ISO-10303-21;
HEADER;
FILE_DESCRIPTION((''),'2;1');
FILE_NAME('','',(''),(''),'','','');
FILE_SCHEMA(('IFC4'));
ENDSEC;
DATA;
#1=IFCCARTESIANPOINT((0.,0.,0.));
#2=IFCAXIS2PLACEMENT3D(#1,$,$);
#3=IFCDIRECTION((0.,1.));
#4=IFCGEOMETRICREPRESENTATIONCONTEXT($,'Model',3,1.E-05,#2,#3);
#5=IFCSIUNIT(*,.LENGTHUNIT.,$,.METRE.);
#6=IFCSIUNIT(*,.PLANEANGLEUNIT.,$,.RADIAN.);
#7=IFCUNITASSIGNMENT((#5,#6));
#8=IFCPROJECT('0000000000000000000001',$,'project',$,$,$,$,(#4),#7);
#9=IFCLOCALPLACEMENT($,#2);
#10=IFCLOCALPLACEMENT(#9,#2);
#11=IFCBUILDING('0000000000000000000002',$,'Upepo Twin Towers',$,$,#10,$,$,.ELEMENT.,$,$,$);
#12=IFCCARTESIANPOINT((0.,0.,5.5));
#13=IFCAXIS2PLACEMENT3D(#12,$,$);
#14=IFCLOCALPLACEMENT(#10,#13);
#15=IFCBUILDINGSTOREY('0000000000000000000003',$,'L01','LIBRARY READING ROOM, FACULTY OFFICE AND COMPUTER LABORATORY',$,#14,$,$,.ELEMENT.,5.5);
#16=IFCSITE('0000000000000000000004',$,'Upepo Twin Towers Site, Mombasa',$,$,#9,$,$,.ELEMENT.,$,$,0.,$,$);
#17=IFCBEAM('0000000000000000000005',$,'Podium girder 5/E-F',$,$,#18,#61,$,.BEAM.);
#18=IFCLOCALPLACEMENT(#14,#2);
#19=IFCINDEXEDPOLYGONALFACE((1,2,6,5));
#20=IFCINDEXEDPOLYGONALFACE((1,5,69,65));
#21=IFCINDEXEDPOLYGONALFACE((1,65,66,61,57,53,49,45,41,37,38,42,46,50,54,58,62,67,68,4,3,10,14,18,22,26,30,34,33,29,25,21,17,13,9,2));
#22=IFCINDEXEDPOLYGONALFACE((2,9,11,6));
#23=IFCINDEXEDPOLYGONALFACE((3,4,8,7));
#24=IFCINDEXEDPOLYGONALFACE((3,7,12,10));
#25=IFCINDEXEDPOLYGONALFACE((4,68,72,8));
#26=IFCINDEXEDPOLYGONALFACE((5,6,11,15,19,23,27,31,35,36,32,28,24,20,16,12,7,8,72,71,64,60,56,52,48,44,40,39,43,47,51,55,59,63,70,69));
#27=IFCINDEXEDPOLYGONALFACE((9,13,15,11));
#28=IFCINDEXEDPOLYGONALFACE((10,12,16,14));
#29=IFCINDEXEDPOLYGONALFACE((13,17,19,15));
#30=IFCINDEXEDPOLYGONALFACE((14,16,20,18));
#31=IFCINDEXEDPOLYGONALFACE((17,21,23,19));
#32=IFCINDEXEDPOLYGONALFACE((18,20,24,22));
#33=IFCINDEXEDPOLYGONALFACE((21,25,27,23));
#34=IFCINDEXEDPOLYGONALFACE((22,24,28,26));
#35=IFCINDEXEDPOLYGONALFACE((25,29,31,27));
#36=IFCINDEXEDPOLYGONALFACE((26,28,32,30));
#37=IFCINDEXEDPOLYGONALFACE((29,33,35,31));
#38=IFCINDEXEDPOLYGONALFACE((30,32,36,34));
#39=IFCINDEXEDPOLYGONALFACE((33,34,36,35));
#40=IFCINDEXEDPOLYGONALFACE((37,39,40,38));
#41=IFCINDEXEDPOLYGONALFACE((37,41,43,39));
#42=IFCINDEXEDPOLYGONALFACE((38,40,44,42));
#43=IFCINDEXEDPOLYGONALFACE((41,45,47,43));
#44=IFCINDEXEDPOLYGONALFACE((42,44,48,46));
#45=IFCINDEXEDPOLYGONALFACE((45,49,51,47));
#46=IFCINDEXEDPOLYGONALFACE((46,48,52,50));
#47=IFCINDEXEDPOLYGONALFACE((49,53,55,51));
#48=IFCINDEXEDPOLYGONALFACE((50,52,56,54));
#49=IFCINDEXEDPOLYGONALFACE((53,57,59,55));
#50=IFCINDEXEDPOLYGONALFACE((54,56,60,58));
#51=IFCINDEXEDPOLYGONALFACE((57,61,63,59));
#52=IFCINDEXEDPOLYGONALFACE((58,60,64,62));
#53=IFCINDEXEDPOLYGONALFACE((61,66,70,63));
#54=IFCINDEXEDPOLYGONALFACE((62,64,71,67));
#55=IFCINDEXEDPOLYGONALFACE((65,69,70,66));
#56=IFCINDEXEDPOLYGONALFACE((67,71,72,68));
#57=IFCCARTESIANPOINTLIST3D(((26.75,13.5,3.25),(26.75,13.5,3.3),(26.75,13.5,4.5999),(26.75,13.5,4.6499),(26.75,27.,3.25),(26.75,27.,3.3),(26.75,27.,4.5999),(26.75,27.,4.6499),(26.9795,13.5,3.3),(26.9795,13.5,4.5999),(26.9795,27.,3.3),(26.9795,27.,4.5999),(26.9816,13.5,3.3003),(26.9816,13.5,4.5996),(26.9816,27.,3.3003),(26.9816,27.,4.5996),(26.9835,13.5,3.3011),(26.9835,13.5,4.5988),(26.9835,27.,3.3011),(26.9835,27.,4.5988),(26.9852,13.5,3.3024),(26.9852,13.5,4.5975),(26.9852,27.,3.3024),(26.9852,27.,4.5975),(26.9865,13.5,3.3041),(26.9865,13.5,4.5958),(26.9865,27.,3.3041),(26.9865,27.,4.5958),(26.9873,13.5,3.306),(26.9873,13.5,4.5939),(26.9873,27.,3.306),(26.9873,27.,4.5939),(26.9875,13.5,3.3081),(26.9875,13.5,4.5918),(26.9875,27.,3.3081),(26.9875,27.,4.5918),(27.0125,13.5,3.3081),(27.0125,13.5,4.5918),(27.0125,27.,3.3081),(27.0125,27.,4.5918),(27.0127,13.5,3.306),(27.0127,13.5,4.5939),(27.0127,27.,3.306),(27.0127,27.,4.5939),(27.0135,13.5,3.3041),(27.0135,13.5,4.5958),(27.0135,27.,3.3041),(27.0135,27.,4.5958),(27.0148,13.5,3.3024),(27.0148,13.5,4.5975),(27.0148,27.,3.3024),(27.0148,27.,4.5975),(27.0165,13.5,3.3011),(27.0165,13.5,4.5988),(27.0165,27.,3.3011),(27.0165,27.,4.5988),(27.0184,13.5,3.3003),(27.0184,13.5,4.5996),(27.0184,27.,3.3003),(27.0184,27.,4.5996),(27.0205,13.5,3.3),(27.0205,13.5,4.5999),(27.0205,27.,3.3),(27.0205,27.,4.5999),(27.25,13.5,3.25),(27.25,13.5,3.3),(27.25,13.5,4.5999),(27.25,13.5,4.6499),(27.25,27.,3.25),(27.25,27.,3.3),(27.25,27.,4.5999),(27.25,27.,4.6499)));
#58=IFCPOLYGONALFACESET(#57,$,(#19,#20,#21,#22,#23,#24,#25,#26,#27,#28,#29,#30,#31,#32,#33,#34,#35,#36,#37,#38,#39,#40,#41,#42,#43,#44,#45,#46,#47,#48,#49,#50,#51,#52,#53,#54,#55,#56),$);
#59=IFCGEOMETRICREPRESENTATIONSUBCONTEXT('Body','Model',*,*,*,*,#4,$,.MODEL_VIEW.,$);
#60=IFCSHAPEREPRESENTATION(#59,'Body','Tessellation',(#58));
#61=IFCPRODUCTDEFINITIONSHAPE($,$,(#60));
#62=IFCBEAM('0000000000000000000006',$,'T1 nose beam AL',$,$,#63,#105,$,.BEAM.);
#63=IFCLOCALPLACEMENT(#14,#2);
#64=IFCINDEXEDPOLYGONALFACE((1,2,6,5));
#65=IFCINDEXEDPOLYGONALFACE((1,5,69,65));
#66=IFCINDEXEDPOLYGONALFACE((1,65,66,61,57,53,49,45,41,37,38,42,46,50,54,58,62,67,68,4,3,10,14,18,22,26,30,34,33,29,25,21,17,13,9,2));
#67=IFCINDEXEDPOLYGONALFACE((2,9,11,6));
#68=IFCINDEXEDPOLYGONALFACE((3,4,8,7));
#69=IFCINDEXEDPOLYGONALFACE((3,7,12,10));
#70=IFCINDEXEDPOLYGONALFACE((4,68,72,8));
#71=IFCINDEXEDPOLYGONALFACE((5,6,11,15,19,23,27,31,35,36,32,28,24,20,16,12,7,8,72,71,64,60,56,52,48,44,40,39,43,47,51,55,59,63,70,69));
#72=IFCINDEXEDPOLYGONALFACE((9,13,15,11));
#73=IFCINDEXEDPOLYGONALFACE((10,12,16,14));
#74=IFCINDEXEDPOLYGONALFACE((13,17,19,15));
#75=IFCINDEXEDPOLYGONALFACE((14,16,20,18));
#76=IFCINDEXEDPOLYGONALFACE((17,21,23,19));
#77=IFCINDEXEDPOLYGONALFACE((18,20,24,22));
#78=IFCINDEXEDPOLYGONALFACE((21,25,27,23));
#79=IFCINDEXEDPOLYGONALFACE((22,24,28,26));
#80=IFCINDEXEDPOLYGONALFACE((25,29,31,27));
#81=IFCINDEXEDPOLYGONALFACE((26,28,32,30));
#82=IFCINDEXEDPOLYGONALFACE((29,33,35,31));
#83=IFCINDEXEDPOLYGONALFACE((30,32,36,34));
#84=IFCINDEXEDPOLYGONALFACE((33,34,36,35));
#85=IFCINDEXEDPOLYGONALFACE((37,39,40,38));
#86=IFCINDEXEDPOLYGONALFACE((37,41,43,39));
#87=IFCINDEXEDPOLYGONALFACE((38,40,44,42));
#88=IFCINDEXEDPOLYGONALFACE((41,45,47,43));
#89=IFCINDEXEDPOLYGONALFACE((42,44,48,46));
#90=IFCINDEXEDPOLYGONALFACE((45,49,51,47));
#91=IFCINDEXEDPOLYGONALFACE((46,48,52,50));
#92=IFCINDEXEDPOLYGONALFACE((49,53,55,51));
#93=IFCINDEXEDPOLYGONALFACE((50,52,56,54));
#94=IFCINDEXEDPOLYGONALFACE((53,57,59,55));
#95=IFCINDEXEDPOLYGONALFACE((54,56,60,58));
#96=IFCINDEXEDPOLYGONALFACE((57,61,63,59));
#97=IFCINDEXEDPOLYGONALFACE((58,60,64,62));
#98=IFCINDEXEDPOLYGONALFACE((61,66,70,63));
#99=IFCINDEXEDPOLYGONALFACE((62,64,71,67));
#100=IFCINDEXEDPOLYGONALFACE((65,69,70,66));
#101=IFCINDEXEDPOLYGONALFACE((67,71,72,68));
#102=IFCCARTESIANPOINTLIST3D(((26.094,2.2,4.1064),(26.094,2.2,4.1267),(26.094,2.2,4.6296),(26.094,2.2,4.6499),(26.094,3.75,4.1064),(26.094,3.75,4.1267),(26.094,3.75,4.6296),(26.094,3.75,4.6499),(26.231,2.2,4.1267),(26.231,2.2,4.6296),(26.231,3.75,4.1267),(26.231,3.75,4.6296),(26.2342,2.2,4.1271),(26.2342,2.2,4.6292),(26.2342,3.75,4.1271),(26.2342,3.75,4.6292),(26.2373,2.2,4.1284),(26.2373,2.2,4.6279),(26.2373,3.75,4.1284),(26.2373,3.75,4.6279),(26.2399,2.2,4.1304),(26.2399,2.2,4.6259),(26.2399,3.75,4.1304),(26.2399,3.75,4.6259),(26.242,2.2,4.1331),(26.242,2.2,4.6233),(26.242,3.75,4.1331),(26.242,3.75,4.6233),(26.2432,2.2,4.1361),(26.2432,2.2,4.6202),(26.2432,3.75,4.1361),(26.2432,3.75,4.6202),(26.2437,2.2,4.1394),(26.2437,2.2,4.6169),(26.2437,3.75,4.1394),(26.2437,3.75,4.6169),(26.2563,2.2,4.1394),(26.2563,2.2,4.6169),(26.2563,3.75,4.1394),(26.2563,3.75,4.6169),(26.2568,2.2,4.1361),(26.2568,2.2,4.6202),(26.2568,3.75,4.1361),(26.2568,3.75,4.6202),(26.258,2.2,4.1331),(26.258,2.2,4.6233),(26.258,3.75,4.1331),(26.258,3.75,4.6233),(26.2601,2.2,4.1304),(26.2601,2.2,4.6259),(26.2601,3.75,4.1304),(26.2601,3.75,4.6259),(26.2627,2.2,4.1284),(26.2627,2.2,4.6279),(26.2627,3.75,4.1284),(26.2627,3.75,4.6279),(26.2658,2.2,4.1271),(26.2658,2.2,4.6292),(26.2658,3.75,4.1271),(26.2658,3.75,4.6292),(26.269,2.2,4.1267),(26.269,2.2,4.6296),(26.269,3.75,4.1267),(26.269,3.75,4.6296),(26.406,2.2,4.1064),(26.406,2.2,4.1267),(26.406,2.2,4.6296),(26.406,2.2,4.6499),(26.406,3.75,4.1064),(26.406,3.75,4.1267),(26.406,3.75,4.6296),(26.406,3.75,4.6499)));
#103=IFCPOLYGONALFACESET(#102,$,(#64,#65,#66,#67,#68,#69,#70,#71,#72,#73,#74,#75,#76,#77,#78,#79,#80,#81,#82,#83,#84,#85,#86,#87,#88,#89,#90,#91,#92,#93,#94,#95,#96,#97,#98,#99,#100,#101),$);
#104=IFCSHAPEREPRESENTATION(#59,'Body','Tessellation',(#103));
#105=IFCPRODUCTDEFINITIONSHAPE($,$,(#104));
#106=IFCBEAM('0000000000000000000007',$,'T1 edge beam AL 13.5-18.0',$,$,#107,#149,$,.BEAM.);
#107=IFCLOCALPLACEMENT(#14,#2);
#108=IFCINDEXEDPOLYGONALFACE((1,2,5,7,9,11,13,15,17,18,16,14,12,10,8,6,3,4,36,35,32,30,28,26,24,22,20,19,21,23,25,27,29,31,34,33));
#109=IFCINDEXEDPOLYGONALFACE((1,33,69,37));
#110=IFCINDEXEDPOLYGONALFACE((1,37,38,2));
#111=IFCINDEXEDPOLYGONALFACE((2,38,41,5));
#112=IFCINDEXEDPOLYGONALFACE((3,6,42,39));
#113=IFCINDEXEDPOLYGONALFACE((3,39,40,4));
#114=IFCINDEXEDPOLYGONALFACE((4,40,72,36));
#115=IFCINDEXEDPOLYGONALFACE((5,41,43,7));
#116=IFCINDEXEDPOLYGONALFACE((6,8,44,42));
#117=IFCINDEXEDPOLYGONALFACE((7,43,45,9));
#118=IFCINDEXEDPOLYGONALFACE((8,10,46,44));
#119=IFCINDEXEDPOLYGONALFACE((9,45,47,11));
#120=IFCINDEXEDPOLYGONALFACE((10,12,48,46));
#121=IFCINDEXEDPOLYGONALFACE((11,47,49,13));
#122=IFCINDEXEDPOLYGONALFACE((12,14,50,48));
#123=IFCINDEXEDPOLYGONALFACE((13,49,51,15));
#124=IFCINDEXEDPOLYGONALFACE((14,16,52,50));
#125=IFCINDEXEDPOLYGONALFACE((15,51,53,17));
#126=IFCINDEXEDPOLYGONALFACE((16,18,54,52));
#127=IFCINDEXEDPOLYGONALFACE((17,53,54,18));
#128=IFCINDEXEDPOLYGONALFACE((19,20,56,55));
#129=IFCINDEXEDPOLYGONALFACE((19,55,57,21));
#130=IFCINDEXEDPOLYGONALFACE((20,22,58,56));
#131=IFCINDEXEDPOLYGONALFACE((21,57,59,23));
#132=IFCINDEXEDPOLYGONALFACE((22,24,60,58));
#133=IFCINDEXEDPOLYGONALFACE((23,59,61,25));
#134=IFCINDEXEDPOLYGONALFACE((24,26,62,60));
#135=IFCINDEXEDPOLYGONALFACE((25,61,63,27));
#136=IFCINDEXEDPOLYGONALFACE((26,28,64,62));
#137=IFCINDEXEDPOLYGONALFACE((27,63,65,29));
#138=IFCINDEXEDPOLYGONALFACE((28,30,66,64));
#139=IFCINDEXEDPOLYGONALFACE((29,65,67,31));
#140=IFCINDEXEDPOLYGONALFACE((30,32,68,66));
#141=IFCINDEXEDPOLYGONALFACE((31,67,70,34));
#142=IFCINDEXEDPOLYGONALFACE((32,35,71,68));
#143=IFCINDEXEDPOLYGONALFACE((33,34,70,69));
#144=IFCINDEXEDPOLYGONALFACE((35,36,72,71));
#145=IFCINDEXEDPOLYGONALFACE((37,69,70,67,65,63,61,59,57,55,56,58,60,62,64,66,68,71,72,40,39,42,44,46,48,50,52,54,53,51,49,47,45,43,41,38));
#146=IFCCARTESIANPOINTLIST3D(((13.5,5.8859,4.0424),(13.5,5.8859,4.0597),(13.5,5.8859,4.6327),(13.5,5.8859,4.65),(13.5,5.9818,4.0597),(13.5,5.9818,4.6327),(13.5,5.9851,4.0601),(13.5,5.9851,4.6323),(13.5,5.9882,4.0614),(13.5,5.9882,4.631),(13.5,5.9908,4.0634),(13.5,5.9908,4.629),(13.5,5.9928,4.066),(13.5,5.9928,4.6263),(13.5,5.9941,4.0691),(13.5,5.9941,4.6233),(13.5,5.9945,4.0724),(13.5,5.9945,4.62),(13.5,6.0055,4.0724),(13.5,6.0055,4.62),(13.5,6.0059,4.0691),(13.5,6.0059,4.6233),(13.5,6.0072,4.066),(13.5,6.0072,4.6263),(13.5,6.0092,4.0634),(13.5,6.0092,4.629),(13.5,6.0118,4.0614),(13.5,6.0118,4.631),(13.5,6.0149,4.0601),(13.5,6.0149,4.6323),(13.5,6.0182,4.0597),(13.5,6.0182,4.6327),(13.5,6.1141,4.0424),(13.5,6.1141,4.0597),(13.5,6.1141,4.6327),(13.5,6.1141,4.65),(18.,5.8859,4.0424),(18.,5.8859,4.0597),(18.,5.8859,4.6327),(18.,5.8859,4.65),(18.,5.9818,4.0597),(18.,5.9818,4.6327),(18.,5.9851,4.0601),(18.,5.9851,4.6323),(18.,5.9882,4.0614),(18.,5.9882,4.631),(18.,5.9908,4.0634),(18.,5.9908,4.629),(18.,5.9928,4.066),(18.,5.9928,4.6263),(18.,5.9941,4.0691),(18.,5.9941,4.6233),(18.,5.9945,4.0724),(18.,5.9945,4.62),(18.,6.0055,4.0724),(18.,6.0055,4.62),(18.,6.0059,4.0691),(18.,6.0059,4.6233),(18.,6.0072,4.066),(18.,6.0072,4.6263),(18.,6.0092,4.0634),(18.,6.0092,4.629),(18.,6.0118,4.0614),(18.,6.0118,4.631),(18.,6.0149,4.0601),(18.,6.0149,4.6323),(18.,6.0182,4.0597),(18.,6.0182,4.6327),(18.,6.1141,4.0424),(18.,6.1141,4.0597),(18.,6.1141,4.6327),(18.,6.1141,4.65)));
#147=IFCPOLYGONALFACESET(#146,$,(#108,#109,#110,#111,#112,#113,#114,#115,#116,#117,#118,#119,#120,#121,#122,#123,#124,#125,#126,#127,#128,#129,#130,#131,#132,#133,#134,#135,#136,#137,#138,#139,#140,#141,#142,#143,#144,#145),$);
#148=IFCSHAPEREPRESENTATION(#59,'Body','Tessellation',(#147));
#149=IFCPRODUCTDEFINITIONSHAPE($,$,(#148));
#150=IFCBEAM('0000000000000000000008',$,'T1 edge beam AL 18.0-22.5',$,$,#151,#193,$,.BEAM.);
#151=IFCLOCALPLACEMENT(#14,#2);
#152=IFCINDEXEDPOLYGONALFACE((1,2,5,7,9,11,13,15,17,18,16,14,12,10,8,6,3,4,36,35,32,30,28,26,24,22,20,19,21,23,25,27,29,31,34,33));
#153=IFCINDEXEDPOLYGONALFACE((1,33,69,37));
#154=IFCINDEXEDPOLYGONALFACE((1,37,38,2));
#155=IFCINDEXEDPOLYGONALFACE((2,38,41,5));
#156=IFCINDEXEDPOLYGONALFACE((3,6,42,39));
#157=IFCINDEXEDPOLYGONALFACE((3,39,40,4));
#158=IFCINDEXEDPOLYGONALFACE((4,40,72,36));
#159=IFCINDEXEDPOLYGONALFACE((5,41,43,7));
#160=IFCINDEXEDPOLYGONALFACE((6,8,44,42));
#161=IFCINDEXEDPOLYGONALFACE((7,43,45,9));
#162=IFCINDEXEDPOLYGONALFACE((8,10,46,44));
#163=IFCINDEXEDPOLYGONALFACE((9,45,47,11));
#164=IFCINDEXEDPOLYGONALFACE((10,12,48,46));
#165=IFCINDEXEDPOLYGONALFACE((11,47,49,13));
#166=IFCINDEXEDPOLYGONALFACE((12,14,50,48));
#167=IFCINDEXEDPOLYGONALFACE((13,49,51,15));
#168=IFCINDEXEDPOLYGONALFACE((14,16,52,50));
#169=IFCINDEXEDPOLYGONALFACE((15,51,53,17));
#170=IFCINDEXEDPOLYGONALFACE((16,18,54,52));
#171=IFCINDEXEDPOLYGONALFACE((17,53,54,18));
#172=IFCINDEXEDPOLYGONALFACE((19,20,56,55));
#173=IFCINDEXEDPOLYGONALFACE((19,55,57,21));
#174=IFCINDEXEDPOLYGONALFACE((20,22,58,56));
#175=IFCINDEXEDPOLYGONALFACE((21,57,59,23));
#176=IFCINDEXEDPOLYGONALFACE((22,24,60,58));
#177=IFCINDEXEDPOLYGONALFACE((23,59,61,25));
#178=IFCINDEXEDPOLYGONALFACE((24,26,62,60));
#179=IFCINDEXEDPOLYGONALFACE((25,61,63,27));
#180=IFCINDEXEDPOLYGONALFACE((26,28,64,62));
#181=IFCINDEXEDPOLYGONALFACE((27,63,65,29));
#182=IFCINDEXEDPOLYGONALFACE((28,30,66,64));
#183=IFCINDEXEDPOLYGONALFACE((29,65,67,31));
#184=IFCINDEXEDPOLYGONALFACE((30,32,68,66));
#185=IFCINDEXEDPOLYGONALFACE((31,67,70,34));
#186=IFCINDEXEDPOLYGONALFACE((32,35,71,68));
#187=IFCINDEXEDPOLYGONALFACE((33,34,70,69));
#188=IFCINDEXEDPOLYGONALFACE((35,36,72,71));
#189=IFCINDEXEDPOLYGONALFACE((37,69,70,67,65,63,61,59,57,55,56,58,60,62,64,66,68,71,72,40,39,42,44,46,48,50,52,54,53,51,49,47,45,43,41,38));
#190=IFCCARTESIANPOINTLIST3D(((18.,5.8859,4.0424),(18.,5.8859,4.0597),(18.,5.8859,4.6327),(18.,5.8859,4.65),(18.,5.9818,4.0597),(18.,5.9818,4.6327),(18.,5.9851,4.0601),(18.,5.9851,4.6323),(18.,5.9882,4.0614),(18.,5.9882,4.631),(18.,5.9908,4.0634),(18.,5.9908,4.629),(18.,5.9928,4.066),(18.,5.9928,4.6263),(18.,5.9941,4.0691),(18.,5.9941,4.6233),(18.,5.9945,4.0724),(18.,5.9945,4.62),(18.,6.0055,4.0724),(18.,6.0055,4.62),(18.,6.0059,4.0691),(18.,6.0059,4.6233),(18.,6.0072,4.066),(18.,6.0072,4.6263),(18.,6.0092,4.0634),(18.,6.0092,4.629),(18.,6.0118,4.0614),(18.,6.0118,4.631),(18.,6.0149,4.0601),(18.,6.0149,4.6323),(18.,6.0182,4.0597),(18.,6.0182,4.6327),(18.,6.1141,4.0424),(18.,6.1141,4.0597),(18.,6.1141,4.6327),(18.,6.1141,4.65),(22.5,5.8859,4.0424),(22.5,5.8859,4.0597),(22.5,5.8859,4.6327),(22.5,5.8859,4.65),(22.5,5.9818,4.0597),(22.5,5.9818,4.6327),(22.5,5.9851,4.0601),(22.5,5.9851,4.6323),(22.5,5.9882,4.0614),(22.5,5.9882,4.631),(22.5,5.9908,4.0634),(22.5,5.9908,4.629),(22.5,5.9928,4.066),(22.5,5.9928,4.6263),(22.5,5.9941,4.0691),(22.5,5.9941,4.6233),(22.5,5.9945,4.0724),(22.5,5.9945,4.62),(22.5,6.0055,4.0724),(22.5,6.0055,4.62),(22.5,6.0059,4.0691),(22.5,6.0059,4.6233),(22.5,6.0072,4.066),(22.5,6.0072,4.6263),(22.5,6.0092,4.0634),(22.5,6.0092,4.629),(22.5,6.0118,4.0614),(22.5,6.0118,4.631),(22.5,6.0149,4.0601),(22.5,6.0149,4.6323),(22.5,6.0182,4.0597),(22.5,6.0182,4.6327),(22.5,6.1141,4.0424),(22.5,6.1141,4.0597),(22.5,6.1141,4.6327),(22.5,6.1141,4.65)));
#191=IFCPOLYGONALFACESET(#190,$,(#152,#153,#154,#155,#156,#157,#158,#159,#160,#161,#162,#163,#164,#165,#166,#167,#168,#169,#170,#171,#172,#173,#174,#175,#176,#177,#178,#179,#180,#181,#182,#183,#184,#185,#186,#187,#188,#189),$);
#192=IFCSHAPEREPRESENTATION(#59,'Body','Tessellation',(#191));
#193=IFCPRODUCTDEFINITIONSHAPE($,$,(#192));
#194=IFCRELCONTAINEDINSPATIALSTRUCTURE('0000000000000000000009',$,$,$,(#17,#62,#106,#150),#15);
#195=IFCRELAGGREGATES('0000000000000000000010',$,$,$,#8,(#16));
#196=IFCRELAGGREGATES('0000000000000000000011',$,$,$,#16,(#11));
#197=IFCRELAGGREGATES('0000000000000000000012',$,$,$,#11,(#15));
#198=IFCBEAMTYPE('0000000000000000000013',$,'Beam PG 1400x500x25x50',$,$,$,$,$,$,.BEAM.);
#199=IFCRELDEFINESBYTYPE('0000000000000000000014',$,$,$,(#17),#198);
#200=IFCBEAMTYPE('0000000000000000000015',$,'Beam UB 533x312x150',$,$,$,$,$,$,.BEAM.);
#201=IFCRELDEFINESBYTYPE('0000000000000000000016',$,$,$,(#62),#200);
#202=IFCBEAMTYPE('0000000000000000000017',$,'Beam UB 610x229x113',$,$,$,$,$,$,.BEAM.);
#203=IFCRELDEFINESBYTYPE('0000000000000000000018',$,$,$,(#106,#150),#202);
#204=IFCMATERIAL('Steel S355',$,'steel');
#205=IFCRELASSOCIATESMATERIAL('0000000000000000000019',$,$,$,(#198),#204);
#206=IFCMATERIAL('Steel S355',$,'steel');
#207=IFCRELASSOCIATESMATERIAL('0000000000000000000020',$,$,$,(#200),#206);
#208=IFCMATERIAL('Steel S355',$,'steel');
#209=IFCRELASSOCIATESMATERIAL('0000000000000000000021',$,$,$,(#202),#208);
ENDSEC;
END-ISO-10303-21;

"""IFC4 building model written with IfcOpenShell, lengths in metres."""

from ifc_helpers import new_model, si_unit, direction, frame, origin, origin_2d, place, context, subcontext, project, spatial, i_section, extrude, material, material_profile, profile_set, type_object, element, save


model = new_model("IFC4")

# Units and contexts
model_context = context("Model", 3, precision=1e-05, world=origin(), true_north=direction((0.0, 1.0)))
body_context = subcontext(model_context, "Body", "Model", "MODEL_VIEW")
ifc_project = project(units=[si_unit("LENGTHUNIT", "METRE"), si_unit("PLANEANGLEUNIT", "RADIAN")], contexts=[model_context])

# Site, building, storey
site_placement = place(None, origin())
site = spatial("IfcSite", under=ifc_project, at=site_placement, Name="Upepo Twin Towers Site, Mombasa", CompositionType="ELEMENT", RefElevation=0.0)
building_placement = place(site_placement, origin())
building = spatial("IfcBuilding", under=site, at=building_placement, Name="Upepo Twin Towers", CompositionType="ELEMENT")
storey_placement = place(building_placement, frame((0.0, 0.0, 5.5)))
storey = spatial("IfcBuildingStorey", under=building, at=storey_placement, Name="L01", Description="LIBRARY READING ROOM, FACULTY OFFICE AND COMPUTER LABORATORY", CompositionType="ELEMENT", Elevation=5.5)

# Beams
ifc_material_1 = material(Name="Steel S355", Category="steel")
ifc_material_profile_1 = material_profile(ifc_material_1, i_section(OverallWidth=0.5, OverallDepth=1.3999, WebThickness=0.0249, FlangeThickness=0.05, FilletRadius=0.0081, at=origin_2d()), Name="PG 1400x500x25x50")
ifc_profile_set_1 = profile_set([ifc_material_profile_1], Name="Steel S355")
beam_type_1 = type_object("IfcBeamType", Name="Beam PG 1400x500x25x50", PredefinedType="BEAM", material=ifc_profile_set_1)
for number, where, z_axis, x_axis, name in (
    (1, (27.0, 13.5, 3.95), (0.0, 1.0, 0.0), (-1.0, 0.0, 0.0), "Podium girder 5/E-F"),
):
    element("IfcBeam", number, at=place(storey_placement, frame(where, z_axis=z_axis, x_axis=x_axis)), inside=storey, type_object=beam_type_1, Name=name, PredefinedType="BEAM", context=body_context, shape_type="SweptSolid", body=[
        extrude(i_section(OverallWidth=0.5, OverallDepth=1.3999, WebThickness=0.0249, FlangeThickness=0.05, FilletRadius=0.0081, at=origin_2d()), origin(), (0.0, 0.0, 1.0), 13.5),
    ])
ifc_material_2 = material(Name="Steel S355", Category="steel")
ifc_material_profile_2 = material_profile(ifc_material_2, i_section(OverallWidth=0.312, OverallDepth=0.5435, WebThickness=0.0127, FlangeThickness=0.0203, FilletRadius=0.0127, at=origin_2d()), Name="UB 533x312x150")
ifc_profile_set_2 = profile_set([ifc_material_profile_2], Name="Steel S355")
beam_type_2 = type_object("IfcBeamType", Name="Beam UB 533x312x150", PredefinedType="BEAM", material=ifc_profile_set_2)
beam_1_placement = place(storey_placement, frame((26.25, 3.75, 4.3782), z_axis=(0.0, -1.0, 0.0), x_axis=(1.0, 0.0, 0.0)))
element("IfcBeam", 2, at=beam_1_placement, inside=storey, type_object=beam_type_2, Name="T1 nose beam AL", PredefinedType="BEAM", context=body_context, shape_type="SweptSolid", body=[
    extrude(i_section(OverallWidth=0.312, OverallDepth=0.5435, WebThickness=0.0127, FlangeThickness=0.0203, FilletRadius=0.0127, at=origin_2d()), origin(), (0.0, 0.0, 1.0), 1.55),
])
ifc_material_3 = material(Name="Steel S355", Category="steel")
ifc_material_profile_3 = material_profile(ifc_material_3, i_section(OverallWidth=0.2283, OverallDepth=0.6077, WebThickness=0.011, FlangeThickness=0.0173, FilletRadius=0.0127, at=origin_2d()), Name="UB 610x229x113")
ifc_profile_set_3 = profile_set([ifc_material_profile_3], Name="Steel S355")
beam_type_3 = type_object("IfcBeamType", Name="Beam UB 610x229x113", PredefinedType="BEAM", material=ifc_profile_set_3)
for number, where, z_axis, x_axis, name in (
    (3, (13.5, 6.0, 4.3462), (1.0, 0.0, 0.0), (0.0, 1.0, 0.0), "T1 edge beam AL 13.5-18.0"),
    (4, (18.0, 6.0, 4.3462), (1.0, 0.0, 0.0), (0.0, 1.0, 0.0), "T1 edge beam AL 18.0-22.5"),
):
    element("IfcBeam", number, at=place(storey_placement, frame(where, z_axis=z_axis, x_axis=x_axis)), inside=storey, type_object=beam_type_3, Name=name, PredefinedType="BEAM", context=body_context, shape_type="SweptSolid", body=[
        extrude(i_section(OverallWidth=0.2283, OverallDepth=0.6077, WebThickness=0.011, FlangeThickness=0.0173, FilletRadius=0.0127, at=origin_2d()), origin(), (0.0, 0.0, 1.0), 4.5),
    ])

save(model, "model.ifc")
